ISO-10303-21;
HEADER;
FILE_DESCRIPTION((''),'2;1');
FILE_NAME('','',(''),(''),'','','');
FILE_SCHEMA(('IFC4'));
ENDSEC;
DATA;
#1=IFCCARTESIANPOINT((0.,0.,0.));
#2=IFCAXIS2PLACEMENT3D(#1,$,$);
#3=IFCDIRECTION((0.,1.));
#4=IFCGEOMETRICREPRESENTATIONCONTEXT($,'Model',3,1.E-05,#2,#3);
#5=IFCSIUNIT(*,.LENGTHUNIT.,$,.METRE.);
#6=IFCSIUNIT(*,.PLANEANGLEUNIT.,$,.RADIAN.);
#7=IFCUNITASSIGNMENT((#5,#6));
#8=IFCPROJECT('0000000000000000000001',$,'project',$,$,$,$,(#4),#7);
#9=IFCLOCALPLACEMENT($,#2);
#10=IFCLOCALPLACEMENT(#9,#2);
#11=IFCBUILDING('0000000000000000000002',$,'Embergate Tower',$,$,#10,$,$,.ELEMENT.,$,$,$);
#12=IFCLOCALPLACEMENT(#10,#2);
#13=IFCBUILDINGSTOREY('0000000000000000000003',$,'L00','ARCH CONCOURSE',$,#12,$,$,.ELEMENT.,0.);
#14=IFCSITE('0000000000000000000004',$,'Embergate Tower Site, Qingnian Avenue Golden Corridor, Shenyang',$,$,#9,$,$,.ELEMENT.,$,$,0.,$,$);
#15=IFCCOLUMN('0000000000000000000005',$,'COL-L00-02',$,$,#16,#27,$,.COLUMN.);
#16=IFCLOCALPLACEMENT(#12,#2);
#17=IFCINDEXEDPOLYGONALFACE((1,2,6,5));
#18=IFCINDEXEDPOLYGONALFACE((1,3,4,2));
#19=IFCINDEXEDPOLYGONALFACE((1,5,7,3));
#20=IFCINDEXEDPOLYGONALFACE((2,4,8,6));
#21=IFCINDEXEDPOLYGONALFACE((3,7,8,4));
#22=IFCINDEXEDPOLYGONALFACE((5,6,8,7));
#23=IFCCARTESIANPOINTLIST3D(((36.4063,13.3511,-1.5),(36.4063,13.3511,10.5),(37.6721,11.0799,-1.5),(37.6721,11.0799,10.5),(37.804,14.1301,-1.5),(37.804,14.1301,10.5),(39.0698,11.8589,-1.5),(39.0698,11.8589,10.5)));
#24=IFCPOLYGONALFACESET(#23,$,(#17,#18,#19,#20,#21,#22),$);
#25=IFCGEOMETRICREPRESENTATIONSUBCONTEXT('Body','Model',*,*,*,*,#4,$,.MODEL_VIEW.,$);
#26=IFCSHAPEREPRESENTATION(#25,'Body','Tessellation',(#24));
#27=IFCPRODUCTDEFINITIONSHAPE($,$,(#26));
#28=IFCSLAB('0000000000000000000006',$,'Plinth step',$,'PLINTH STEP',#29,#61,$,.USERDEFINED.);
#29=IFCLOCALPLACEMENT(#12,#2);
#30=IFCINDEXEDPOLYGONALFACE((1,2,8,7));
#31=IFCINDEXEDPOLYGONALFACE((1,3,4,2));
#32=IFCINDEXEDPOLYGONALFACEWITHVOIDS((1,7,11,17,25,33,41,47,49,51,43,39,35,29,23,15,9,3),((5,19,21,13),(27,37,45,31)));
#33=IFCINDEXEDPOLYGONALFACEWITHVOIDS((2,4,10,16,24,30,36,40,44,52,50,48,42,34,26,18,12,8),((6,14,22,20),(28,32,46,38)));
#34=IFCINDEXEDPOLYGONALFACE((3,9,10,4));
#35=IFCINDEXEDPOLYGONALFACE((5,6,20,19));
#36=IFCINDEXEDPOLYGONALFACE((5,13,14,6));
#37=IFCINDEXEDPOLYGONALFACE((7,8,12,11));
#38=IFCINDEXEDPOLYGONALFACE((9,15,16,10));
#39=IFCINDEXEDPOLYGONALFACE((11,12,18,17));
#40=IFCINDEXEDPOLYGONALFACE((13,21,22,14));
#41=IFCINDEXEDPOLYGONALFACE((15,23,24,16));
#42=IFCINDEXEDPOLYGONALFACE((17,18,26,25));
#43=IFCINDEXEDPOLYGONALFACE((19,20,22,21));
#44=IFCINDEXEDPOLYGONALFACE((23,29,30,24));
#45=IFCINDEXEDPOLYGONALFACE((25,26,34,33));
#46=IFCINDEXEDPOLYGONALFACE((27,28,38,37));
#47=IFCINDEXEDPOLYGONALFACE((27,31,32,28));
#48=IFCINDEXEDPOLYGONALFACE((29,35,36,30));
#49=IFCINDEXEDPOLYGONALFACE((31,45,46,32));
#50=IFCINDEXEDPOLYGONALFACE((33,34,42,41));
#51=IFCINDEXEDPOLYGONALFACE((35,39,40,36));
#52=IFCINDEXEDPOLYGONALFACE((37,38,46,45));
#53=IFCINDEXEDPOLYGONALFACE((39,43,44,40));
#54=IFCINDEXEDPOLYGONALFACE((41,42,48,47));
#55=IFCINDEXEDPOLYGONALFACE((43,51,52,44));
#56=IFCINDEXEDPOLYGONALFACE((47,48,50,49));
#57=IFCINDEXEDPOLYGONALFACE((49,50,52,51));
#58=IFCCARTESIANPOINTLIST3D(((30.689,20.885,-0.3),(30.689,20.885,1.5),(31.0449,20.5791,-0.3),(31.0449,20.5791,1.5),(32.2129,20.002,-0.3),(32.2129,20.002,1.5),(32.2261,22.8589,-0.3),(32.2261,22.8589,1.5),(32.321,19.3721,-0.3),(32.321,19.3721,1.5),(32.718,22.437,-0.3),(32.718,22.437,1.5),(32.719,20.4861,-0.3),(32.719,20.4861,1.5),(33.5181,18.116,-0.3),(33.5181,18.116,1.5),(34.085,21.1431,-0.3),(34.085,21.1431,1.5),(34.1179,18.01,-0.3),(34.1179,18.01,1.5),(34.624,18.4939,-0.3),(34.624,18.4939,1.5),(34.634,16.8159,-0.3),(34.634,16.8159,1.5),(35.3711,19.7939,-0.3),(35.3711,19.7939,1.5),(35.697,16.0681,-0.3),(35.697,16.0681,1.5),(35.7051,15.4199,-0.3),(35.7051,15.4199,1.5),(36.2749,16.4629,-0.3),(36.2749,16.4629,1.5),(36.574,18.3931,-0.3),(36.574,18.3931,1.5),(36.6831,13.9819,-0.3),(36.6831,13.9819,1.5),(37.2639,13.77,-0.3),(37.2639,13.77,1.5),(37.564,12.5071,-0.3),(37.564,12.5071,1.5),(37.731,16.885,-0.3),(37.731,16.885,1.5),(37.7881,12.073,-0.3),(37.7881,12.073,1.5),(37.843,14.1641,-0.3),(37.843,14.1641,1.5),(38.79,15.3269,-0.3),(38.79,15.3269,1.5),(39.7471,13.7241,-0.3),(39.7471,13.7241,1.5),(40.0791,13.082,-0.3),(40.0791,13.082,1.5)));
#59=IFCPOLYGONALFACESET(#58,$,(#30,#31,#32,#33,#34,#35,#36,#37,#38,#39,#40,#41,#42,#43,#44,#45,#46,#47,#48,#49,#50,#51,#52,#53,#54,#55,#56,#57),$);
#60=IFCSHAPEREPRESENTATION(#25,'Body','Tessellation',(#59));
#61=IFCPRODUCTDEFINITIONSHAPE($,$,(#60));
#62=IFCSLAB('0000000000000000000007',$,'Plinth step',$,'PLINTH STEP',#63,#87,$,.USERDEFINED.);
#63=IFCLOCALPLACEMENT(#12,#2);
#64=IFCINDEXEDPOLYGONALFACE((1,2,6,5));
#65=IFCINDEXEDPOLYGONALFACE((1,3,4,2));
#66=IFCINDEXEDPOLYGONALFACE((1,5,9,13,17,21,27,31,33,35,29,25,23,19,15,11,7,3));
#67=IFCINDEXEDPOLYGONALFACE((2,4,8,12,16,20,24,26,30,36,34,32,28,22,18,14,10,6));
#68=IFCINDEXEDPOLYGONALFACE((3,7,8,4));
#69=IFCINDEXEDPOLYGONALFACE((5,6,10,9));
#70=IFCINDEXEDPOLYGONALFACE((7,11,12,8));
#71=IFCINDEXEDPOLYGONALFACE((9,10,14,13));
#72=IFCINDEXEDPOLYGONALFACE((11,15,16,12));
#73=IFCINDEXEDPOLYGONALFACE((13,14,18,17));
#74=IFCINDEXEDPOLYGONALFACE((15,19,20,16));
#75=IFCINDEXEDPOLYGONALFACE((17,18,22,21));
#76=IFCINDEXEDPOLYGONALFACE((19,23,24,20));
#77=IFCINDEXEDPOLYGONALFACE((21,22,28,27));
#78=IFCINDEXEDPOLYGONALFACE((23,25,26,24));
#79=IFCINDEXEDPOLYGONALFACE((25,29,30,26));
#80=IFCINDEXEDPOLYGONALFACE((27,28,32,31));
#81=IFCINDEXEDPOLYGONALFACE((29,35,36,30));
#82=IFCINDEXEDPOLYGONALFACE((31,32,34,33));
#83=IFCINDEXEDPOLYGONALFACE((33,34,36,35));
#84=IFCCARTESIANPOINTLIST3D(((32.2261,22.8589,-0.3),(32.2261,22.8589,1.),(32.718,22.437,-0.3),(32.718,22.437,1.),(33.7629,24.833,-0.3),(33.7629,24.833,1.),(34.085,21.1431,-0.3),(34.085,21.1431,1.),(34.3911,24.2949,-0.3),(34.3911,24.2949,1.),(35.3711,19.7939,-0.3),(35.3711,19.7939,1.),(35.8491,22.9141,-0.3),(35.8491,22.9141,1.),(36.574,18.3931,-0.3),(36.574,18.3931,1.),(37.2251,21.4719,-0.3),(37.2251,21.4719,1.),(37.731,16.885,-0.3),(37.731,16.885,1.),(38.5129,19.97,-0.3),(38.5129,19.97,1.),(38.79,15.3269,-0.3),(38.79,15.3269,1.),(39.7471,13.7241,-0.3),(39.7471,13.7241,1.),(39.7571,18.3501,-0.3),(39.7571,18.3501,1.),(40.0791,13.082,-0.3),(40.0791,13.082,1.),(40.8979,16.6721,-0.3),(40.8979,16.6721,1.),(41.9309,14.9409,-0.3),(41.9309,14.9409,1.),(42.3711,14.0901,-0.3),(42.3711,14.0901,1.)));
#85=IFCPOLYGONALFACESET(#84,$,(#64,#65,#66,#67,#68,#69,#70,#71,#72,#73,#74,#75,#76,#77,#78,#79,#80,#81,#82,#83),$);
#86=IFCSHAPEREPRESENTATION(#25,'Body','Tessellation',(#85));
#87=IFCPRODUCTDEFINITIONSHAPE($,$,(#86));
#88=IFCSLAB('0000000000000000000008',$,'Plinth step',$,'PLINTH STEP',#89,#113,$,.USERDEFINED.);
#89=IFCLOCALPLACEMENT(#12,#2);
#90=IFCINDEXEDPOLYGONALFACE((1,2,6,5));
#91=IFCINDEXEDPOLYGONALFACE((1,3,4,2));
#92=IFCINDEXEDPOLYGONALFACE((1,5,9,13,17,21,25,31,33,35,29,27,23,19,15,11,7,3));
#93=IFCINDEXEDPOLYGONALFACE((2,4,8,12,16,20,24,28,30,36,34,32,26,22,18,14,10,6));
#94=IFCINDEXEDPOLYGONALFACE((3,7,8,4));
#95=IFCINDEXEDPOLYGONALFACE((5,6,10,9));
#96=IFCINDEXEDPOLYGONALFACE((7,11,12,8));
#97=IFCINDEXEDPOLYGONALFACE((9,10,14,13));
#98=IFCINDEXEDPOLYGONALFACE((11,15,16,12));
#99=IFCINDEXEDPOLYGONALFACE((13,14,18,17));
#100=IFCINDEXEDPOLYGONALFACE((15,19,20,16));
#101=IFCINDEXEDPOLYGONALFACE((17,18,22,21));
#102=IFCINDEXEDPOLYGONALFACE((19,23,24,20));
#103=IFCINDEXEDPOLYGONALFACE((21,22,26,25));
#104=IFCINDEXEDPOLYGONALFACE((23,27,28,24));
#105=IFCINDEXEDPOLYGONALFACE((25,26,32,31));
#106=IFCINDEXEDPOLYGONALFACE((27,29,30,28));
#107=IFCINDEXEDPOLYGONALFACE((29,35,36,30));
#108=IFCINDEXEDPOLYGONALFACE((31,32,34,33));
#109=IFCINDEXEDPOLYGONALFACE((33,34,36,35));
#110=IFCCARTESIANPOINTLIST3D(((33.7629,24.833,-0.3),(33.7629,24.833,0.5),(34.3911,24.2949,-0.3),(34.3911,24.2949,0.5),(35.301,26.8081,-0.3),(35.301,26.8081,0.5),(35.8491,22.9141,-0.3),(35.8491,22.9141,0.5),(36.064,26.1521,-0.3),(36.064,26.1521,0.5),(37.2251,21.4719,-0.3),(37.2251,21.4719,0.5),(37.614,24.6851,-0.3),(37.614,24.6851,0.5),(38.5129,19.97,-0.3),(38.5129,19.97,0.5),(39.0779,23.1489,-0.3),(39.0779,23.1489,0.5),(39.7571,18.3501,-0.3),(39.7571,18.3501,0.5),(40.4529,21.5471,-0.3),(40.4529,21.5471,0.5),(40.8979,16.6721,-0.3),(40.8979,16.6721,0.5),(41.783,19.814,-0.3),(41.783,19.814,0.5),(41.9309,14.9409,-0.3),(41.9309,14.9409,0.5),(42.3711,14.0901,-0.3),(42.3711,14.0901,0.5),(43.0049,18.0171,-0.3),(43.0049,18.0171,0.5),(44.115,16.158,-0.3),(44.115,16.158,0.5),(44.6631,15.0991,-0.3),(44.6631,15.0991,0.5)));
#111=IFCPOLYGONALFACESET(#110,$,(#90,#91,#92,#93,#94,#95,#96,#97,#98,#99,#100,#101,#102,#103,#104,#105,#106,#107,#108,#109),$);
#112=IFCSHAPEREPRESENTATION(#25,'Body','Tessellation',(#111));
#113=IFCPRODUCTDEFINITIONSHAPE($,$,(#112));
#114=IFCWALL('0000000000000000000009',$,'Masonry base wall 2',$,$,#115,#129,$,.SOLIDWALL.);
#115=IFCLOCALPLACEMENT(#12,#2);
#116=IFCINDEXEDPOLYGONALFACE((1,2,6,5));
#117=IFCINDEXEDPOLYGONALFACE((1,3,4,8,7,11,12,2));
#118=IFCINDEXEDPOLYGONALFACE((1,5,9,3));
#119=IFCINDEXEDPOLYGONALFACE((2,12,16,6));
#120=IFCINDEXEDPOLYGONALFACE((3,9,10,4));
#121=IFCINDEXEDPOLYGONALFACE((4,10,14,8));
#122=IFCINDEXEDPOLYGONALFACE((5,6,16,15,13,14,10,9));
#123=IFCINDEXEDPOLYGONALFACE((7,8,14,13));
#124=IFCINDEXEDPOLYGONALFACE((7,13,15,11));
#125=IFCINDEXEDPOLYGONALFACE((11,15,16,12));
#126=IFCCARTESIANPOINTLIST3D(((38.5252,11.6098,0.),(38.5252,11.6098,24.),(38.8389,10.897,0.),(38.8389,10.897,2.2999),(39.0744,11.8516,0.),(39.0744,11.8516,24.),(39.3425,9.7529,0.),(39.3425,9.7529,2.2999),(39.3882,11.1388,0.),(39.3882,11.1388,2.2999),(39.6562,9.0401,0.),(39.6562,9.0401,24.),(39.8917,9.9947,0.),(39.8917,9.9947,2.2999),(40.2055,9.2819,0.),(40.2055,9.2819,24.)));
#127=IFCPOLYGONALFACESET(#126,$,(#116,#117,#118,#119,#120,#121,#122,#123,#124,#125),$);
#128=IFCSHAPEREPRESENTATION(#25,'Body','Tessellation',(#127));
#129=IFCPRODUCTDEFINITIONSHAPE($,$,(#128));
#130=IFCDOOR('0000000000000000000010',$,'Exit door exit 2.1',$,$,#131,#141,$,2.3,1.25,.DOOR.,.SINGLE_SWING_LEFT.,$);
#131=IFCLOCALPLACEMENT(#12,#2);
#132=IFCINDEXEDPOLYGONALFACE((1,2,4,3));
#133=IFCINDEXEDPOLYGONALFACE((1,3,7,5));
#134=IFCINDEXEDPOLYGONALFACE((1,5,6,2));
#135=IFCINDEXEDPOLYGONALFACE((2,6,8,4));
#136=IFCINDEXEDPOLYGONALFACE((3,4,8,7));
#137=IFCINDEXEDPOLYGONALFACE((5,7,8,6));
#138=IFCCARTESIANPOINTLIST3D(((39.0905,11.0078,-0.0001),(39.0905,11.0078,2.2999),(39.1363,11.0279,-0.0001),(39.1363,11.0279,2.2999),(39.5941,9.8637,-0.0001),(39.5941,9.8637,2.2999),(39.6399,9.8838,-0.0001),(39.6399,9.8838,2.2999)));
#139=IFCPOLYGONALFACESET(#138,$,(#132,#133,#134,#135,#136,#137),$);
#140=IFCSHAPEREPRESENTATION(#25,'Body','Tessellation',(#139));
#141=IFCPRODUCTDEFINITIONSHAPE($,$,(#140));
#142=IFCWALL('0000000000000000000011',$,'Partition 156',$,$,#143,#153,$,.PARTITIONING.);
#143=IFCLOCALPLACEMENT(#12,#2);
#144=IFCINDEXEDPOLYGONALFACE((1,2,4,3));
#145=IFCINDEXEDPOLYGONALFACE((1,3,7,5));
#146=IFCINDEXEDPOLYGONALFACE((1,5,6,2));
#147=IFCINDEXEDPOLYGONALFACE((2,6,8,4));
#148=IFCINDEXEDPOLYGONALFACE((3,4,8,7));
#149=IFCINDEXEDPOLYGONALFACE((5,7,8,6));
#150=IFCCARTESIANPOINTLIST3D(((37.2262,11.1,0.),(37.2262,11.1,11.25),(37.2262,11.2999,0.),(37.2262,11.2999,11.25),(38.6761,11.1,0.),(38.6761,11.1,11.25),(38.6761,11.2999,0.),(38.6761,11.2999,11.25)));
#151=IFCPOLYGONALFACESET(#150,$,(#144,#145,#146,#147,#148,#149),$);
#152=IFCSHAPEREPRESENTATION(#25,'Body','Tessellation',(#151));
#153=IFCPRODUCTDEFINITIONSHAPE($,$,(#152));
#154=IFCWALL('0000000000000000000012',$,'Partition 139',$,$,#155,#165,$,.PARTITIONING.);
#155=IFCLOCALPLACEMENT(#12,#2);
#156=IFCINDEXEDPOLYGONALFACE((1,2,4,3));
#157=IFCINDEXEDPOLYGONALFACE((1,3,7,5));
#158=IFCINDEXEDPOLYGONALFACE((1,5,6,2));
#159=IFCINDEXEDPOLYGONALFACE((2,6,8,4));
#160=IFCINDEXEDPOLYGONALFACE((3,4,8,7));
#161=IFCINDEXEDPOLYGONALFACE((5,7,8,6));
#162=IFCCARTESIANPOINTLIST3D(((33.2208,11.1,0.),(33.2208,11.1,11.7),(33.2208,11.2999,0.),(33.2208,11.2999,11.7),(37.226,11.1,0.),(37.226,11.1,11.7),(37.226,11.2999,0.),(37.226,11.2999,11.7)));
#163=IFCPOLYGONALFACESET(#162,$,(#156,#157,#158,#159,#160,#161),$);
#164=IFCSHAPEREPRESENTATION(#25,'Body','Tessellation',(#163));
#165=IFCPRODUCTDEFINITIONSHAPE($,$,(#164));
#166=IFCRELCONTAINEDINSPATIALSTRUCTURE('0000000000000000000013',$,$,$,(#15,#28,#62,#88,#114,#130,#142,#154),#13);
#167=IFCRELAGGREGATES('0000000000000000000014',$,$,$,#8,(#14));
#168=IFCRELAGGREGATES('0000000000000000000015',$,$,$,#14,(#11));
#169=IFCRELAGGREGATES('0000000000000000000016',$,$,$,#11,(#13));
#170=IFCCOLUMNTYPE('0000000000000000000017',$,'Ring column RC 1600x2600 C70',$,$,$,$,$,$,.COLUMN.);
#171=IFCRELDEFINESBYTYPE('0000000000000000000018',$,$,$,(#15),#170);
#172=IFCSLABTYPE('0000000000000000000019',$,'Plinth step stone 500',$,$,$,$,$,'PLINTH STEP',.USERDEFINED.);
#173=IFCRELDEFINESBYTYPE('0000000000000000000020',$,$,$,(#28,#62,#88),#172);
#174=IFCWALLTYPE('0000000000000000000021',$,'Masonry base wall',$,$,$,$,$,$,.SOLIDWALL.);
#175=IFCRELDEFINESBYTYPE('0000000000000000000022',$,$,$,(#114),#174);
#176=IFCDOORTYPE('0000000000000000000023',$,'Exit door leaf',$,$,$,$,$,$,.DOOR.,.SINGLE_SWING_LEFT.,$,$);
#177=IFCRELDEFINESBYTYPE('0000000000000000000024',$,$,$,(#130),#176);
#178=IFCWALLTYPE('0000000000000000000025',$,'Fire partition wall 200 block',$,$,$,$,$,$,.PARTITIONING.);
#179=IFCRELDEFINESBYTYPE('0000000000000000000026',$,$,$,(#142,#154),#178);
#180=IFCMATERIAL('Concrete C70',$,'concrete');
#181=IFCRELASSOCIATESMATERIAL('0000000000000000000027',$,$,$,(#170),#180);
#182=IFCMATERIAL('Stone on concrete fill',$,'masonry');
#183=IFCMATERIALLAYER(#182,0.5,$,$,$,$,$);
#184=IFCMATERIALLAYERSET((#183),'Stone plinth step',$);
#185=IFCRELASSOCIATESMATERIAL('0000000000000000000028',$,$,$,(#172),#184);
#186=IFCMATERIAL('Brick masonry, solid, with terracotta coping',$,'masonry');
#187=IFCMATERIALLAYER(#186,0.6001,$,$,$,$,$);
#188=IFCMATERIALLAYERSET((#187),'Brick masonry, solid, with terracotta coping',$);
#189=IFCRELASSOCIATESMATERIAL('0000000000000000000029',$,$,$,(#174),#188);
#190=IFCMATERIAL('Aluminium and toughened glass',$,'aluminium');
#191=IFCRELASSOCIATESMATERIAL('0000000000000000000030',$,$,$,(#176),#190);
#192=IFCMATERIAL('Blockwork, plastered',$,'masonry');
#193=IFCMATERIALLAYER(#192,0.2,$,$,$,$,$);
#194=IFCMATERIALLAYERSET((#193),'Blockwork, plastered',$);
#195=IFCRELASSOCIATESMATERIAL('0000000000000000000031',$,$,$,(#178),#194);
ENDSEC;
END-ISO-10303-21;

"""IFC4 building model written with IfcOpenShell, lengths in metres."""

from ifc_helpers import new_model, si_unit, direction, frame, frame_2d, origin, origin_2d, place, context, subcontext, project, spatial, polyline, rectangle, outline, extrude, source, transform, mapped, material, layer, layer_set, material_profile, profile_set, type_object, element, fill, save


model = new_model("IFC4")

# Units and contexts
model_context = context("Model", 3, precision=1e-05, world=origin(), true_north=direction((0.0, 1.0)))
body_context = subcontext(model_context, "Body", "Model", "MODEL_VIEW")
ifc_project = project(units=[si_unit("LENGTHUNIT", "METRE"), si_unit("PLANEANGLEUNIT", "RADIAN")], contexts=[model_context])

# Site, building, storey
site_placement = place(None, origin())
site = spatial("IfcSite", under=ifc_project, at=site_placement, Name="Embergate Tower Site, Qingnian Avenue Golden Corridor, Shenyang", CompositionType="ELEMENT", RefElevation=0.0)
building_placement = place(site_placement, origin())
building = spatial("IfcBuilding", under=site, at=building_placement, Name="Embergate Tower", CompositionType="ELEMENT")
storey_placement = place(building_placement, origin())
storey = spatial("IfcBuildingStorey", under=building, at=storey_placement, Name="L00", Description="ARCH CONCOURSE", CompositionType="ELEMENT", Elevation=0.0)

# Column
ifc_material_1 = material(Name="Concrete C70", Category="concrete")
ifc_material_profile = material_profile(ifc_material_1, rectangle(XDim=1.6001, YDim=2.6001, at=origin_2d()), Name="RC 1600x2600")
ifc_profile_set = profile_set([ifc_material_profile], Name="Concrete C70")
column_type = type_object("IfcColumnType", Name="Ring column RC 1600x2600 C70", PredefinedType="COLUMN", material=ifc_profile_set)
shared_shape_1 = source(origin(), body_context, "Body", "SweptSolid", [
    extrude(rectangle(XDim=1.6001, YDim=2.6001, at=origin_2d()), origin(), (0.0, 0.0, 1.0), 12.0),
])
column_placement = place(storey_placement, frame((37.738, 12.605, -1.5), z_axis=(0.0, 0.0, 1.0), x_axis=(0.873492, 0.486839, 0.0)))
element("IfcColumn", 1, at=column_placement, inside=storey, type_object=column_type, Name="COL-L00-02", PredefinedType="COLUMN", context=body_context, shape_type="MappedRepresentation", body=[
    mapped(shared_shape_1, transform((0.0, 0.0, 0.0))),
])

# Slabs
ifc_material_2 = material(Name="Stone on concrete fill", Category="masonry")
ifc_layer_1 = layer(ifc_material_2, 0.5)
ifc_layer_set_1 = layer_set([ifc_layer_1], Name="Stone plinth step")
slab_type = type_object("IfcSlabType", Name="Plinth step stone 500", ElementType="PLINTH STEP", PredefinedType="USERDEFINED", material=ifc_layer_set_1)
shared_shape_2 = source(origin(), body_context, "Body", "SweptSolid", [
    extrude(outline(polyline([(0.0, 0.0), (2.291, 1.009), (1.959, 1.6511), (1.002, 3.2539), (-0.0571, 4.812), (-1.2141, 6.3201), (-2.417, 7.7209), (-3.7031, 9.0701), (-5.0701, 10.364), (-5.562, 10.7859), (-7.0991, 8.812), (-6.7432, 8.5061), (-5.467, 7.2991), (-4.27, 6.043), (-3.1541, 4.7429), (-2.083, 3.3469), (-1.105, 1.9089), (-0.2241, 0.4341), (0.0, 0.0)]), holes=[polyline([(-0.5242, 1.697), (-2.0911, 3.9951), (-1.5132, 4.3899), (0.0549, 2.0911), (-0.5242, 1.697)]), polyline([(-3.6702, 5.937), (-5.5752, 7.929), (-5.0691, 8.4131), (-3.1641, 6.4209), (-3.6702, 5.937)])]), origin(), (0.0, 0.0, 1.0), 1.8),
])
slab_1_placement = place(storey_placement, frame((37.7881, 12.073, -0.3)))
element("IfcSlab", 2, at=slab_1_placement, inside=storey, type_object=slab_type, Name="Plinth step", ObjectType="PLINTH STEP", PredefinedType="USERDEFINED", context=body_context, shape_type="MappedRepresentation", body=[
    mapped(shared_shape_2, transform((0.0, 0.0, 0.0))),
])
shared_shape_3 = source(origin(), body_context, "Body", "SweptSolid", [
    extrude(outline(polyline([(0.0, 0.0), (-0.332, 0.6421), (-1.2891, 2.2449), (-2.3481, 3.803), (-3.5051, 5.311), (-4.708, 6.7119), (-5.9941, 8.061), (-7.3611, 9.355), (-7.853, 9.7769), (-6.3162, 11.751), (-5.688, 11.2129), (-4.23, 9.832), (-2.854, 8.3899), (-1.5662, 6.8879), (-0.322, 5.2681), (0.8188, 3.5901), (1.8518, 1.8589), (2.292, 1.0081), (0.0, 0.0)])), origin(), (0.0, 0.0, 1.0), 1.3),
])
slab_2_placement = place(storey_placement, frame((40.0791, 13.082, -0.3)))
element("IfcSlab", 3, at=slab_2_placement, inside=storey, type_object=slab_type, Name="Plinth step", ObjectType="PLINTH STEP", PredefinedType="USERDEFINED", context=body_context, shape_type="MappedRepresentation", body=[
    mapped(shared_shape_3, transform((0.0, 0.0, 0.0))),
])
shared_shape_4 = source(origin(), body_context, "Body", "SweptSolid", [
    extrude(outline(polyline([(0.0, 0.0), (-0.4402, 0.8508), (-1.4731, 2.582), (-2.614, 4.26), (-3.8582, 5.8799), (-5.146, 7.3818), (-6.522, 8.824), (-7.98, 10.2048), (-8.6082, 10.7429), (-7.0701, 12.718), (-6.3071, 12.062), (-4.7571, 10.595), (-3.2932, 9.0588), (-1.9182, 7.457), (-0.5881, 5.7239), (0.6338, 3.927), (1.7439, 2.0679), (2.292, 1.009), (0.0, 0.0)])), origin(), (0.0, 0.0, 1.0), 0.8),
])
slab_3_placement = place(storey_placement, frame((42.3711, 14.0901, -0.3)))
element("IfcSlab", 4, at=slab_3_placement, inside=storey, type_object=slab_type, Name="Plinth step", ObjectType="PLINTH STEP", PredefinedType="USERDEFINED", context=body_context, shape_type="MappedRepresentation", body=[
    mapped(shared_shape_4, transform((0.0, 0.0, 0.0))),
])

# Wall, opening, door
ifc_material_3 = material(Name="Brick masonry, solid, with terracotta coping", Category="masonry")
ifc_layer_2 = layer(ifc_material_3, 0.6001)
ifc_layer_set_2 = layer_set([ifc_layer_2], Name="Brick masonry, solid, with terracotta coping")
wall_type_1 = type_object("IfcWallType", Name="Masonry base wall", PredefinedType="SOLIDWALL", material=ifc_layer_set_2)
shared_shape_5 = source(origin(), body_context, "Body", "SweptSolid", [
    extrude(rectangle(XDim=2.8076, YDim=0.6001, at=frame_2d((1.4038, 0.0))), origin(), (0.0, 0.0, 1.0), 24.0),
])
wall_1_placement = place(storey_placement, frame((38.7998, 11.7307, 0.0), z_axis=(0.0, 0.0, 1.0), x_axis=(0.402852, -0.915265, 0.0)))
wall_1 = element("IfcWall", 5, at=wall_1_placement, inside=storey, type_object=wall_type_1, Name="Masonry base wall 2", PredefinedType="SOLIDWALL", context=body_context, shape_type="MappedRepresentation", body=[
    mapped(shared_shape_5, transform((0.0, 0.0, 0.0))),
])
shared_shape_6 = source(origin(), body_context, "Body", "SweptSolid", [
    extrude(rectangle(XDim=1.25, YDim=2.3, at=frame_2d((0.625, 1.1499))), frame((0.0, 0.3101, 0.0), z_axis=(0.0, -1.0, 0.0), x_axis=(1.0, 0.0, 0.0)), (0.0, 0.0, 1.0), 0.6201),
])
opening_placement = place(wall_1_placement, frame((0.7788, 0.0, 0.0)))
opening = element("IfcOpeningElement", 6, at=opening_placement, cuts=wall_1, PredefinedType="OPENING", context=body_context, shape_type="MappedRepresentation", body=[
    mapped(shared_shape_6, transform((0.0, 0.0, 0.0))),
])
ifc_material_4 = material(Name="Aluminium and toughened glass", Category="aluminium")
door_type = type_object("IfcDoorType", Name="Exit door leaf", OperationType="SINGLE_SWING_LEFT", PredefinedType="DOOR", material=ifc_material_4)
shared_shape_7 = source(origin(), body_context, "Body", "SweptSolid", [
    extrude(rectangle(XDim=1.25, YDim=2.3, at=frame_2d((0.625, 1.1499))), frame((0.0, 0.0249, 0.0), z_axis=(0.0, -1.0, 0.0), x_axis=(1.0, 0.0, 0.0)), (0.0, 0.0, 1.0), 0.05),
])
door_placement = place(opening_placement, origin())
door = element("IfcDoor", 7, at=door_placement, inside=storey, type_object=door_type, Name="Exit door exit 2.1", OperationType="SINGLE_SWING_LEFT", OverallHeight=2.3, OverallWidth=1.25, PredefinedType="DOOR", context=body_context, shape_type="MappedRepresentation", body=[
    mapped(shared_shape_7, transform((0.0, 0.0, 0.0))),
])
fill(opening, door)

# Walls
ifc_material_5 = material(Name="Blockwork, plastered", Category="masonry")
ifc_layer_3 = layer(ifc_material_5, 0.2)
ifc_layer_set_3 = layer_set([ifc_layer_3], Name="Blockwork, plastered")
wall_type_2 = type_object("IfcWallType", Name="Fire partition wall 200 block", PredefinedType="PARTITIONING", material=ifc_layer_set_3)
shared_shape_8 = source(origin(), body_context, "Body", "SweptSolid", [
    extrude(rectangle(XDim=1.45, YDim=0.2, at=frame_2d((0.7251, 0.0))), origin(), (0.0, 0.0, 1.0), 11.25),
])
wall_2_placement = place(storey_placement, frame((37.2261, 11.2, 0.0), z_axis=(0.0, 0.0, 1.0), x_axis=(1.0, 0.0, 0.0)))
element("IfcWall", 8, at=wall_2_placement, inside=storey, type_object=wall_type_2, Name="Partition 156", PredefinedType="PARTITIONING", context=body_context, shape_type="MappedRepresentation", body=[
    mapped(shared_shape_8, transform((0.0, 0.0, 0.0))),
])
shared_shape_9 = source(origin(), body_context, "Body", "SweptSolid", [
    extrude(rectangle(XDim=4.0051, YDim=0.2, at=frame_2d((2.0024, 0.0))), origin(), (0.0, 0.0, 1.0), 11.7),
])
wall_3_placement = place(storey_placement, frame((33.2209, 11.2, 0.0), z_axis=(0.0, 0.0, 1.0), x_axis=(1.0, 0.0, 0.0)))
element("IfcWall", 9, at=wall_3_placement, inside=storey, type_object=wall_type_2, Name="Partition 139", PredefinedType="PARTITIONING", context=body_context, shape_type="MappedRepresentation", body=[
    mapped(shared_shape_9, transform((0.0, 0.0, 0.0))),
])

save(model, "model.ifc")
